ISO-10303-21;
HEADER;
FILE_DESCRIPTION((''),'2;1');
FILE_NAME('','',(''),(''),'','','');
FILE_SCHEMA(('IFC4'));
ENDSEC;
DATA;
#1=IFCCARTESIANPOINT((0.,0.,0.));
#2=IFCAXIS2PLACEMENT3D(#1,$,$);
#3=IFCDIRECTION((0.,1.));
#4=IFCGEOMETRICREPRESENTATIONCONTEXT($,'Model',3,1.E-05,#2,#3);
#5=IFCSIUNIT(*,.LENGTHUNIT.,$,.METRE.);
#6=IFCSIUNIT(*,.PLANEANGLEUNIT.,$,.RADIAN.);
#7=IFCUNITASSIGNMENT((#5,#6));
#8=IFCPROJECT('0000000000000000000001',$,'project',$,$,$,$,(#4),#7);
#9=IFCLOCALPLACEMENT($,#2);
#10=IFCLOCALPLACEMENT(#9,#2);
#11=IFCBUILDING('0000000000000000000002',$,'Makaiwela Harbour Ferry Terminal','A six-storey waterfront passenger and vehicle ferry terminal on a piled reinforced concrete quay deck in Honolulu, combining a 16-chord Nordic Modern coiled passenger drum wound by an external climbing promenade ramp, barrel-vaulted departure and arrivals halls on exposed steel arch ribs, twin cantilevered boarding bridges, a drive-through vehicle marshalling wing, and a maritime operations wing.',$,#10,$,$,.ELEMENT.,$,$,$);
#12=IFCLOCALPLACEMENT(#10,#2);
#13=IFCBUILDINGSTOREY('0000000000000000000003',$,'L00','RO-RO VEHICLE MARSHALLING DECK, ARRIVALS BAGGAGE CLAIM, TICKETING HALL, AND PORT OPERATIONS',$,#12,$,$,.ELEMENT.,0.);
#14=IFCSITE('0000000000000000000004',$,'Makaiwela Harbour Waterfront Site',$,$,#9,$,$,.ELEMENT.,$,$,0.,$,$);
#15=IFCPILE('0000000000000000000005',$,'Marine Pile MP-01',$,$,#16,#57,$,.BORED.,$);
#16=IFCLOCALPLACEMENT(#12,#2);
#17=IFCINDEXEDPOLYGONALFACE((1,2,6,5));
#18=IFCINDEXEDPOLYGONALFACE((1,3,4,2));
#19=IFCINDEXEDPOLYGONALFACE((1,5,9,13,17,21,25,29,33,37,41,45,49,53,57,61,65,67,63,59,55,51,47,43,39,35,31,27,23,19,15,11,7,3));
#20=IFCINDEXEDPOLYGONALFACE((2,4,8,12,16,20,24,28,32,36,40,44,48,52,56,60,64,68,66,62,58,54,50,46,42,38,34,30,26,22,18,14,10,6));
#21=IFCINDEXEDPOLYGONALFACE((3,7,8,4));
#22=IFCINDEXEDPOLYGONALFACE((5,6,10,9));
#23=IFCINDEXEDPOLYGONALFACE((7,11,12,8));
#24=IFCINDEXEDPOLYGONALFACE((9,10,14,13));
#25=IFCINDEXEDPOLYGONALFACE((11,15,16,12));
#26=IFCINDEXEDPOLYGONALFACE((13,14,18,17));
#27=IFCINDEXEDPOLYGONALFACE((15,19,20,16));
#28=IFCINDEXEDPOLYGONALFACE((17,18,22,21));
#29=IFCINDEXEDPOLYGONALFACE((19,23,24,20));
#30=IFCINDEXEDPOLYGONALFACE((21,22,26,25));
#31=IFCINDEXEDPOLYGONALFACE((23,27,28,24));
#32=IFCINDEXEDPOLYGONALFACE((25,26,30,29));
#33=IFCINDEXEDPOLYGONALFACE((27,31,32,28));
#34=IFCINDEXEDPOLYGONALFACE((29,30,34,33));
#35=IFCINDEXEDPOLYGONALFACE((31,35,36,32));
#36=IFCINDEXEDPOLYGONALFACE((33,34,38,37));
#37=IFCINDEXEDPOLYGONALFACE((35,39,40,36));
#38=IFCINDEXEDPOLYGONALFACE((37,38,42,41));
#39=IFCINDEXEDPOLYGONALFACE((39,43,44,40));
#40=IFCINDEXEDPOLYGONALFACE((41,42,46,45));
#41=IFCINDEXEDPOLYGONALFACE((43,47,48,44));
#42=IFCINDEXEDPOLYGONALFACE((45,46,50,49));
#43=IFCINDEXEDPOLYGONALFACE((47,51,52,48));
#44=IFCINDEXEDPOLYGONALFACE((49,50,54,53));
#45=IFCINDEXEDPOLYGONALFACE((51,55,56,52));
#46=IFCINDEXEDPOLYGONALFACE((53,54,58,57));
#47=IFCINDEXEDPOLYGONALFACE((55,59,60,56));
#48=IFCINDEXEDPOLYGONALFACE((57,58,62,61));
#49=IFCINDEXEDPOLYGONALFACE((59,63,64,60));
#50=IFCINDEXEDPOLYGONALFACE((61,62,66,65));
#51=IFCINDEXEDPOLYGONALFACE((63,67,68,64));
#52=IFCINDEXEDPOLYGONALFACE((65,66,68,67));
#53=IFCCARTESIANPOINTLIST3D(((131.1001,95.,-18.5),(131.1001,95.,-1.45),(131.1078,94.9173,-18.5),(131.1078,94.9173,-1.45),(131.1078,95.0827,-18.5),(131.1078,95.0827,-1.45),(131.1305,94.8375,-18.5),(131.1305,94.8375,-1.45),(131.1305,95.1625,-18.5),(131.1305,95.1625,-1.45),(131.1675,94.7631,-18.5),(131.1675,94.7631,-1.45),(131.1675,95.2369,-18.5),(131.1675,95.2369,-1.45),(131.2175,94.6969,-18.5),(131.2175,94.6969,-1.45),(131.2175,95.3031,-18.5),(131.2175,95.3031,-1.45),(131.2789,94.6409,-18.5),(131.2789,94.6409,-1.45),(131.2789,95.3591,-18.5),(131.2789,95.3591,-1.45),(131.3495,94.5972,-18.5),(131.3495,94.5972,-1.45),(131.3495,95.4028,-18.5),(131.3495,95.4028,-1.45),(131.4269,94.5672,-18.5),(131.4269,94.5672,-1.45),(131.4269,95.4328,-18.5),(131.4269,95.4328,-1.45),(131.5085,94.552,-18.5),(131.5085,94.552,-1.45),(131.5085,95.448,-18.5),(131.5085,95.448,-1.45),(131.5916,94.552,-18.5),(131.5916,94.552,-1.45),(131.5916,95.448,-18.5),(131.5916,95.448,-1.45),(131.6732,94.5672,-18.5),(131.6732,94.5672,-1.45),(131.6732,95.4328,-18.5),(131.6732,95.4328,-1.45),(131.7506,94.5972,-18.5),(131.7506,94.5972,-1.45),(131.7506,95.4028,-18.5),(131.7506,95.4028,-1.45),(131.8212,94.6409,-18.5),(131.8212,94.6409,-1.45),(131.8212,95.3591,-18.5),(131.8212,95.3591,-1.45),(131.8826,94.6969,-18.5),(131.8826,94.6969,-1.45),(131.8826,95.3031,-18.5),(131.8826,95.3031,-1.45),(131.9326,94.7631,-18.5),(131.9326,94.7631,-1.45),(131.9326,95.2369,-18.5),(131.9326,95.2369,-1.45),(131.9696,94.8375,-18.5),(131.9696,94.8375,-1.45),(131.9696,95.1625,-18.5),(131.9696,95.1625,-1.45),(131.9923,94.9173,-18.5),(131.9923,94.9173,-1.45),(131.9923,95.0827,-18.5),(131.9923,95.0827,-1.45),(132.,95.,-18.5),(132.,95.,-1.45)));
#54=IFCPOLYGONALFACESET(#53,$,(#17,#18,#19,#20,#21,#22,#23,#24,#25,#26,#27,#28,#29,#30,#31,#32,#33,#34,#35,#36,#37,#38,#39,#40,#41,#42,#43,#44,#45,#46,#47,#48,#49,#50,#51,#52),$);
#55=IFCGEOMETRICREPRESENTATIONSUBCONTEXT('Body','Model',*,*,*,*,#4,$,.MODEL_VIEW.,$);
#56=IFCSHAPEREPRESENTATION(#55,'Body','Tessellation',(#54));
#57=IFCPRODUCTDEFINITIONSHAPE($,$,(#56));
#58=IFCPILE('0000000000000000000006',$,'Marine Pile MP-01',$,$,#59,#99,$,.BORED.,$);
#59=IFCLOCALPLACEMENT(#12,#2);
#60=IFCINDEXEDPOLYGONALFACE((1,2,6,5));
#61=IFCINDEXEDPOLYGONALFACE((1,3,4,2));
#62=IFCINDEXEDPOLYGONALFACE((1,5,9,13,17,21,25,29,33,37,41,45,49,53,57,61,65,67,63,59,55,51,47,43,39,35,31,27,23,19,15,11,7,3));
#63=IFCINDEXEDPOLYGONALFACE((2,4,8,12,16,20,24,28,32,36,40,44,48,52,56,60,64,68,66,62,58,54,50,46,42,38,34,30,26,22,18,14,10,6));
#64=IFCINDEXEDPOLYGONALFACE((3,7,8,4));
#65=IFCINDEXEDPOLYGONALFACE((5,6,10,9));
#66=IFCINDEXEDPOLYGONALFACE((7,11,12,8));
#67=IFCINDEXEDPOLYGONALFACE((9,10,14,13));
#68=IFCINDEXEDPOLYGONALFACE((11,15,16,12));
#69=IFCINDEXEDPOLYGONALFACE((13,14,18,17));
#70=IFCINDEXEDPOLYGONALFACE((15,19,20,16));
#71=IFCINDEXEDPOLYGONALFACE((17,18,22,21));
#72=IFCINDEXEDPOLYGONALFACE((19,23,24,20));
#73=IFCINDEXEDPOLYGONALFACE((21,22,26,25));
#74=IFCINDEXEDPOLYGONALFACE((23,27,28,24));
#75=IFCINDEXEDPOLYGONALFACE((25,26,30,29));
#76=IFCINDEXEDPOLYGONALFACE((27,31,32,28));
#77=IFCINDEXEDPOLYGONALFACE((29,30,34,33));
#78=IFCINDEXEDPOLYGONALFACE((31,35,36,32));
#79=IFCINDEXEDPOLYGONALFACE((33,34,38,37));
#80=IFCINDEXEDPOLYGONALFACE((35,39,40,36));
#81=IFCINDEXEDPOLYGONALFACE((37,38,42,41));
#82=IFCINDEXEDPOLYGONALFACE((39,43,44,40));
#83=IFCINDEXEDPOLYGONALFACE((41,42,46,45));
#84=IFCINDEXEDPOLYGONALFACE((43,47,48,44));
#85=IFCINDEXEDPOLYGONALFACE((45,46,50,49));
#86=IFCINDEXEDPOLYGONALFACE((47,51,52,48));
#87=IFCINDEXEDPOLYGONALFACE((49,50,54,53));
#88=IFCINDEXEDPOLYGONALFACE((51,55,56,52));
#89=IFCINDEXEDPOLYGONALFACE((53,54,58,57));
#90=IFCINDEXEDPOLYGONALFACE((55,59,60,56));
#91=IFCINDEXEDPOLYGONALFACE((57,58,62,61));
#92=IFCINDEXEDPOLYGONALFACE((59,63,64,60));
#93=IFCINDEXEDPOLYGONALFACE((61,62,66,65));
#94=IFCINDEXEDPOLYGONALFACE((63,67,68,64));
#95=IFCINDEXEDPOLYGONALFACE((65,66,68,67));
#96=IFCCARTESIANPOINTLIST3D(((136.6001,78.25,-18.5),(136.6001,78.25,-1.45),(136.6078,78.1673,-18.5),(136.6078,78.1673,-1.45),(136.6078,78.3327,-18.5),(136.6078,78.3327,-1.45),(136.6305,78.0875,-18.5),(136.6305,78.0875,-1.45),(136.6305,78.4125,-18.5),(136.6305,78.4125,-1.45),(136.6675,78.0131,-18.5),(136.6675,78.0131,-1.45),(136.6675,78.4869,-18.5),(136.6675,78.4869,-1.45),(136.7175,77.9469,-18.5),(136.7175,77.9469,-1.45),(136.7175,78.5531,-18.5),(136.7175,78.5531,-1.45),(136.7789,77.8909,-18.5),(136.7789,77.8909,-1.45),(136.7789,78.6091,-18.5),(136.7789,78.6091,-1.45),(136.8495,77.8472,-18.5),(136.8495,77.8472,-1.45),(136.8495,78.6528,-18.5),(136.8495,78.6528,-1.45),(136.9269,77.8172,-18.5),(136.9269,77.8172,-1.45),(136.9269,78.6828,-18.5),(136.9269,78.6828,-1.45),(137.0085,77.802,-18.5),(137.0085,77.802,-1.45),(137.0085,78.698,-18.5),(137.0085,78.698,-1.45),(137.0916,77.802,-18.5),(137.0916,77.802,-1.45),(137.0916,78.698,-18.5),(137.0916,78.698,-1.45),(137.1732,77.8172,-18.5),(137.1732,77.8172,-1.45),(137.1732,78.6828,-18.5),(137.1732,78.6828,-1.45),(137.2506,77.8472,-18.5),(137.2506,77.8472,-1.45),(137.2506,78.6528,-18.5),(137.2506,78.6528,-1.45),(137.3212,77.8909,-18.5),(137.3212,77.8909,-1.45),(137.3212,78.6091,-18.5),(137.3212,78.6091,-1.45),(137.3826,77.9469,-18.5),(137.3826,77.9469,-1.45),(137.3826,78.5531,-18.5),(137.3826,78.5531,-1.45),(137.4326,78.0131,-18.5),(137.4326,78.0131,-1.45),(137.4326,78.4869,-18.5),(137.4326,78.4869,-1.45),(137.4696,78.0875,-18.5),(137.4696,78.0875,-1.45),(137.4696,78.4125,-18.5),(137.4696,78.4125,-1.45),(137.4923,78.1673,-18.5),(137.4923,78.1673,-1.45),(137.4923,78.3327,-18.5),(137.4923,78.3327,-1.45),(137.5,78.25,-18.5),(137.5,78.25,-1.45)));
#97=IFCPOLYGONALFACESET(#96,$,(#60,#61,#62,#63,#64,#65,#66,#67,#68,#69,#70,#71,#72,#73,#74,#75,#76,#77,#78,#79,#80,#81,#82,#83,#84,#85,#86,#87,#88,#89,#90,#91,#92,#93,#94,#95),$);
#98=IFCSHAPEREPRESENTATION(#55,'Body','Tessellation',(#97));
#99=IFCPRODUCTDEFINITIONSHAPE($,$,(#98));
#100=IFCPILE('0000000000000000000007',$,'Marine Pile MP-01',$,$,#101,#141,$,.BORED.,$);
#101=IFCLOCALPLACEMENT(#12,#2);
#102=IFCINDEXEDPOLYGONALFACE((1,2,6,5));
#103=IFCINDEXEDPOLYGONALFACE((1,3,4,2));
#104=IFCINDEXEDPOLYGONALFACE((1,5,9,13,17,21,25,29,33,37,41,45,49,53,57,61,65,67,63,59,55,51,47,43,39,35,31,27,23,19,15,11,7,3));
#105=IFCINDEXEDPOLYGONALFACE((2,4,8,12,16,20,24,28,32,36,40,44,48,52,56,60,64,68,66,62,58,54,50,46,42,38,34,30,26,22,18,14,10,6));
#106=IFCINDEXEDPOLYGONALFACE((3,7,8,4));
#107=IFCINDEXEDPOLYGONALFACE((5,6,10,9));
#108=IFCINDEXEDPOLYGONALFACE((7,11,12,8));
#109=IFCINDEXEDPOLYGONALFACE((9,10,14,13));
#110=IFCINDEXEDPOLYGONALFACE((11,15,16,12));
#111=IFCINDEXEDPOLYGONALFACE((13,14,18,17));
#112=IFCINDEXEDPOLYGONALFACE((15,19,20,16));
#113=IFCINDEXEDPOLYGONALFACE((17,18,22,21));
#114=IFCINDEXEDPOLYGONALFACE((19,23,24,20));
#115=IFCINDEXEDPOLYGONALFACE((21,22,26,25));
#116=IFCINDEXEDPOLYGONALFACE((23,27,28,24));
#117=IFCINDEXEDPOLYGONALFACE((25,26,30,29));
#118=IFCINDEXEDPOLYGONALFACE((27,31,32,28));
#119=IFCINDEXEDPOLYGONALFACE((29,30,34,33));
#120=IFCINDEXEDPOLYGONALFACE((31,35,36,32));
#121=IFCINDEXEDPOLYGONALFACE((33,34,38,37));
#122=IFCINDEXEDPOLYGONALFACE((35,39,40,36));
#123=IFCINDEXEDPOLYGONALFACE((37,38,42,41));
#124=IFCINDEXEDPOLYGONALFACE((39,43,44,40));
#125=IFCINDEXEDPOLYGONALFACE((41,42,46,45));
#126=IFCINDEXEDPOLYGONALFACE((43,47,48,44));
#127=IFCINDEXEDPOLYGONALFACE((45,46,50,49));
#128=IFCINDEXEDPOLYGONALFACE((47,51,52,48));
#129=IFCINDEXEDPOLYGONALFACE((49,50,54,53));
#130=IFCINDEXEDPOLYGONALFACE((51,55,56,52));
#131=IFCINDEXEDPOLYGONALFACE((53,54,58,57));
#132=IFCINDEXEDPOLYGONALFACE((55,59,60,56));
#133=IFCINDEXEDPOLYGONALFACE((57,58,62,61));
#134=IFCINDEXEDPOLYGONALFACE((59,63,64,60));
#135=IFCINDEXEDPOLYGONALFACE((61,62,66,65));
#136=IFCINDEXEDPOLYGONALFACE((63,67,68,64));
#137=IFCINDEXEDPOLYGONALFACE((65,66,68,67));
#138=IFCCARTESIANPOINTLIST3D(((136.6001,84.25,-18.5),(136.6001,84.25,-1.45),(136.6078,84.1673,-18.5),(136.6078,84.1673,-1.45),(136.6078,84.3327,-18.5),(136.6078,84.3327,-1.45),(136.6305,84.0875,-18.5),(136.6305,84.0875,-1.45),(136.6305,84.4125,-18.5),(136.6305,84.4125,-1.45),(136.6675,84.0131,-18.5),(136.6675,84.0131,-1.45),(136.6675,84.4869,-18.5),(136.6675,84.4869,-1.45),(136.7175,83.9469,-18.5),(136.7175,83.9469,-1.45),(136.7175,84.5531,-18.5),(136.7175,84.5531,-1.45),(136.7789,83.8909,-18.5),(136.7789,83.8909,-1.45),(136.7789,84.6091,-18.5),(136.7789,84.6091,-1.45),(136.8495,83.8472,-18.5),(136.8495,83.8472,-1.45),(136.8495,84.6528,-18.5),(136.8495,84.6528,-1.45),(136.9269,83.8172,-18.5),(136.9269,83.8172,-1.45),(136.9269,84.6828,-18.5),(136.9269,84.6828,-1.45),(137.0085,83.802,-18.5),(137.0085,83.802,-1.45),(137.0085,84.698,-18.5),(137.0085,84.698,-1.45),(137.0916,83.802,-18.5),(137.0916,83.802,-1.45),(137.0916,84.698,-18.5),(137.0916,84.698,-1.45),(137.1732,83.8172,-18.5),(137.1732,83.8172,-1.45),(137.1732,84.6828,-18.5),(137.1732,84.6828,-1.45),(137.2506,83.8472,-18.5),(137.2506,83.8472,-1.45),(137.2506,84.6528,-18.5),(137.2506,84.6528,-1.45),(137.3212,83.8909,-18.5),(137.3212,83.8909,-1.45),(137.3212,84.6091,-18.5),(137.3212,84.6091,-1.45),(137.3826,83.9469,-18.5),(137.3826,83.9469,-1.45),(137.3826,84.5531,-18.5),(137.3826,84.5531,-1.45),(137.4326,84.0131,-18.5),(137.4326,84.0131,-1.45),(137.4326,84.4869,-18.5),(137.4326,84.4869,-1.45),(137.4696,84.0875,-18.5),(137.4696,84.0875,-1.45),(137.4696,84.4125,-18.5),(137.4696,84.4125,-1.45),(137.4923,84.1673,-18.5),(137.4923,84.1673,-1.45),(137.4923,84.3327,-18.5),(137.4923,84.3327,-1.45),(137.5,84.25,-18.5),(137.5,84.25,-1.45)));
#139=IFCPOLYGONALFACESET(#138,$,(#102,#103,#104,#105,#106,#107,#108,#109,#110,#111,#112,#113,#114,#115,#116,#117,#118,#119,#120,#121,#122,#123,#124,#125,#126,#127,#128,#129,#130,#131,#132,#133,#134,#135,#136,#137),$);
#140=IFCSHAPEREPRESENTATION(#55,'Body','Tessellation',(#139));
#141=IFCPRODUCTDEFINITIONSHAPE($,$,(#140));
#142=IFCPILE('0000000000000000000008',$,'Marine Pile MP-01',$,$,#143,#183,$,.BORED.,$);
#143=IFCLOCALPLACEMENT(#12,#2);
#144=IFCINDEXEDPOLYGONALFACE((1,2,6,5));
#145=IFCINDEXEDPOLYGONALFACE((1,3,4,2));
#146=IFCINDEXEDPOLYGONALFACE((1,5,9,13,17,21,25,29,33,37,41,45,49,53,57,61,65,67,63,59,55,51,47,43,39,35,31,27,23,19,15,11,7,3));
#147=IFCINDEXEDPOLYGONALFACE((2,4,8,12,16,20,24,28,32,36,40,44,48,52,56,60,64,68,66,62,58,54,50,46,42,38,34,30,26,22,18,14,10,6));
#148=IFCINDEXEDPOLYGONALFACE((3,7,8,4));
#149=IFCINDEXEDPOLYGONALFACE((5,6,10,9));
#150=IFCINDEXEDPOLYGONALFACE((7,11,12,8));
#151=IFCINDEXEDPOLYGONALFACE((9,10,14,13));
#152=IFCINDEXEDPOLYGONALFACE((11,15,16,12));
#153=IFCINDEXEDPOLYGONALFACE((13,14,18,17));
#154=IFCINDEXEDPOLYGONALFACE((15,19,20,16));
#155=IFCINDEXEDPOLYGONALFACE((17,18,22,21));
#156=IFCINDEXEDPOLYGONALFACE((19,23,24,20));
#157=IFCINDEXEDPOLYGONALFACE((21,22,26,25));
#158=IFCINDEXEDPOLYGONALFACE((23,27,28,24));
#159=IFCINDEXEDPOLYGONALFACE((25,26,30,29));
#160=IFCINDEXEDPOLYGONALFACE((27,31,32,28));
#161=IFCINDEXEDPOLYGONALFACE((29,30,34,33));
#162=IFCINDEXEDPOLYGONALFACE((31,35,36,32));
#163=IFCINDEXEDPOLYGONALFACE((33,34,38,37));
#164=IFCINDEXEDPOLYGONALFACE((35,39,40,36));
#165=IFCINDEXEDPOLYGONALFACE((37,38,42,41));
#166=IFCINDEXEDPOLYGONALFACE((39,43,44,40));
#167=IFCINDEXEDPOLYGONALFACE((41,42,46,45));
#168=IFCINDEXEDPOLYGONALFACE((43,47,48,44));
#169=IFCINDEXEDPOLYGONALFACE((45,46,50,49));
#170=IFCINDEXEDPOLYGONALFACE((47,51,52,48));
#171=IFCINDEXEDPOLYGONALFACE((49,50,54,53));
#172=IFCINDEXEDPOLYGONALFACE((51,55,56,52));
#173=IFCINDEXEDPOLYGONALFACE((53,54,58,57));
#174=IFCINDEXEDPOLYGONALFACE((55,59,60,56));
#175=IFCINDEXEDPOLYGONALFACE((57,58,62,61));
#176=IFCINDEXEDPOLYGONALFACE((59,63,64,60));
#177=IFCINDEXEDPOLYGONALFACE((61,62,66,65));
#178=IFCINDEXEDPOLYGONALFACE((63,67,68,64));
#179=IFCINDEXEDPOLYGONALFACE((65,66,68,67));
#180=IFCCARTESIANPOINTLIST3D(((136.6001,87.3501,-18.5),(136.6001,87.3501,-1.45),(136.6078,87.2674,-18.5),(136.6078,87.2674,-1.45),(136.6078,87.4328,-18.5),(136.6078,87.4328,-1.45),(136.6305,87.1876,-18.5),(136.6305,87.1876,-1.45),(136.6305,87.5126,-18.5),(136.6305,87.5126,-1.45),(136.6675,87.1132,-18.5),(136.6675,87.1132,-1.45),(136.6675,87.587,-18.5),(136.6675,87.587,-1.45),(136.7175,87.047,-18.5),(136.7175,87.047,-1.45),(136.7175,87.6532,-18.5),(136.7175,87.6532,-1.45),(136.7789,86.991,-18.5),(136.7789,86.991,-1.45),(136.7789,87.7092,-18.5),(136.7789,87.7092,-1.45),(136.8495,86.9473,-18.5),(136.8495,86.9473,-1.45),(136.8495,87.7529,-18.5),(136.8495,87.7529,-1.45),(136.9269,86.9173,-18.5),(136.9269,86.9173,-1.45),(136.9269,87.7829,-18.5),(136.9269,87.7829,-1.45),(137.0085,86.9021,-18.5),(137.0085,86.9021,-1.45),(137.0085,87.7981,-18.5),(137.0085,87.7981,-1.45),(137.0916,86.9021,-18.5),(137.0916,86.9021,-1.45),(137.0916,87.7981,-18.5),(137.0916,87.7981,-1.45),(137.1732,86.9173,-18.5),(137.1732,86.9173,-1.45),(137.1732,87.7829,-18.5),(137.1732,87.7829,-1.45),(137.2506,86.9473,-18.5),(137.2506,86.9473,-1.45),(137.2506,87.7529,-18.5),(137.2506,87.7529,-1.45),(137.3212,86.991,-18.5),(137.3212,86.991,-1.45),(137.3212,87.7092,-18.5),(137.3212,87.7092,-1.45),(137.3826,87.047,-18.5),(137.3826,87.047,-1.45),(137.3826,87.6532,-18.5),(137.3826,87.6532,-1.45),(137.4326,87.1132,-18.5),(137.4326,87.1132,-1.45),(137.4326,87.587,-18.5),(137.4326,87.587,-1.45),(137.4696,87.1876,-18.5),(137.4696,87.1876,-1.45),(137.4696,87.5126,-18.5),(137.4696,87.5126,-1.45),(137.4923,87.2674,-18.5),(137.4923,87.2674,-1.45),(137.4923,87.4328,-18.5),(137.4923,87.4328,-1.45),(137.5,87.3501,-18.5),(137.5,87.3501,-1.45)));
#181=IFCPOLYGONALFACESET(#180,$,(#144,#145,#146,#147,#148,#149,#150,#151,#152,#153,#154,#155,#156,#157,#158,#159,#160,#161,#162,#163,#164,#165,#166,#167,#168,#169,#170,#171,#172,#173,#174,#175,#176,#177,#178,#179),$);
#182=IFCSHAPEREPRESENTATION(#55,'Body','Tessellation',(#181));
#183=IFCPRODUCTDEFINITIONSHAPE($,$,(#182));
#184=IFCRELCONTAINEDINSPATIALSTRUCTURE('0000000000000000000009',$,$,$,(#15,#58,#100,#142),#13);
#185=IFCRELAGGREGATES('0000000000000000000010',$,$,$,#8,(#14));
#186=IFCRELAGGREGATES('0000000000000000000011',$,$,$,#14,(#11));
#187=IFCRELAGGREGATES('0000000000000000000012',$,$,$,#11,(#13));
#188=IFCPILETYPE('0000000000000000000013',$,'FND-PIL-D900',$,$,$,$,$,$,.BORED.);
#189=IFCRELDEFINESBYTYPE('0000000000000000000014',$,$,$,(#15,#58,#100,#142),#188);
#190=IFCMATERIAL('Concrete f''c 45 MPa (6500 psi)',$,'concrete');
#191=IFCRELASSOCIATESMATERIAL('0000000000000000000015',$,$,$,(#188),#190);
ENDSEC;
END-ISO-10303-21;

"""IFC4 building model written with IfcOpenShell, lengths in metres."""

from ifc_helpers import new_model, si_unit, direction, frame, origin, origin_2d, place, context, subcontext, project, spatial, circle, extrude, material, material_profile, profile_set, type_object, element, save


model = new_model("IFC4")

# Units and contexts
model_context = context("Model", 3, precision=1e-05, world=origin(), true_north=direction((0.0, 1.0)))
body_context = subcontext(model_context, "Body", "Model", "MODEL_VIEW")
ifc_project = project(units=[si_unit("LENGTHUNIT", "METRE"), si_unit("PLANEANGLEUNIT", "RADIAN")], contexts=[model_context])

# Site, building, storey
site_placement = place(None, origin())
site = spatial("IfcSite", under=ifc_project, at=site_placement, Name="Makaiwela Harbour Waterfront Site", CompositionType="ELEMENT", RefElevation=0.0)
building_placement = place(site_placement, origin())
building = spatial("IfcBuilding", under=site, at=building_placement, Name="Makaiwela Harbour Ferry Terminal", Description="A six-storey waterfront passenger and vehicle ferry terminal on a piled reinforced concrete quay deck in Honolulu, combining a 16-chord Nordic Modern coiled passenger drum wound by an external climbing promenade ramp, barrel-vaulted departure and arrivals halls on exposed steel arch ribs, twin cantilevered boarding bridges, a drive-through vehicle marshalling wing, and a maritime operations wing.", CompositionType="ELEMENT")
storey_placement = place(building_placement, origin())
storey = spatial("IfcBuildingStorey", under=building, at=storey_placement, Name="L00", Description="RO-RO VEHICLE MARSHALLING DECK, ARRIVALS BAGGAGE CLAIM, TICKETING HALL, AND PORT OPERATIONS", CompositionType="ELEMENT", Elevation=0.0)

# Shared definitions
ifc_material_1 = material(Name="Concrete f'c 45 MPa (6500 psi)", Category="concrete")

# Piles
ifc_material_profile_1 = material_profile(ifc_material_1, circle(Radius=0.45, at=origin_2d()), Name="PILE-D900")
ifc_profile_set_1 = profile_set([ifc_material_profile_1], Name="Concrete f'c 45 MPa (6500 psi)")
pile_type = type_object("IfcPileType", Name="FND-PIL-D900", PredefinedType="BORED", material=ifc_profile_set_1)
for number, where, z_axis, x_axis, name in (
    (1, (131.55, 95.0, -1.45), (0.0, 0.0, -1.0), (1.0, 0.0, 0.0), "Marine Pile MP-01"),
    (2, (137.05, 78.25, -1.45), (0.0, 0.0, -1.0), (1.0, 0.0, 0.0), "Marine Pile MP-01"),
    (3, (137.05, 84.25, -1.45), (0.0, 0.0, -1.0), (1.0, 0.0, 0.0), "Marine Pile MP-01"),
    (4, (137.05, 87.3501, -1.45), (0.0, 0.0, -1.0), (1.0, 0.0, 0.0), "Marine Pile MP-01"),
):
    element("IfcPile", number, at=place(storey_placement, frame(where, z_axis=z_axis, x_axis=x_axis)), inside=storey, type_object=pile_type, Name=name, PredefinedType="BORED", context=body_context, shape_type="SweptSolid", body=[
        extrude(circle(Radius=0.45, at=origin_2d()), origin(), (0.0, 0.0, 1.0), 17.05),
    ])

save(model, "model.ifc")
